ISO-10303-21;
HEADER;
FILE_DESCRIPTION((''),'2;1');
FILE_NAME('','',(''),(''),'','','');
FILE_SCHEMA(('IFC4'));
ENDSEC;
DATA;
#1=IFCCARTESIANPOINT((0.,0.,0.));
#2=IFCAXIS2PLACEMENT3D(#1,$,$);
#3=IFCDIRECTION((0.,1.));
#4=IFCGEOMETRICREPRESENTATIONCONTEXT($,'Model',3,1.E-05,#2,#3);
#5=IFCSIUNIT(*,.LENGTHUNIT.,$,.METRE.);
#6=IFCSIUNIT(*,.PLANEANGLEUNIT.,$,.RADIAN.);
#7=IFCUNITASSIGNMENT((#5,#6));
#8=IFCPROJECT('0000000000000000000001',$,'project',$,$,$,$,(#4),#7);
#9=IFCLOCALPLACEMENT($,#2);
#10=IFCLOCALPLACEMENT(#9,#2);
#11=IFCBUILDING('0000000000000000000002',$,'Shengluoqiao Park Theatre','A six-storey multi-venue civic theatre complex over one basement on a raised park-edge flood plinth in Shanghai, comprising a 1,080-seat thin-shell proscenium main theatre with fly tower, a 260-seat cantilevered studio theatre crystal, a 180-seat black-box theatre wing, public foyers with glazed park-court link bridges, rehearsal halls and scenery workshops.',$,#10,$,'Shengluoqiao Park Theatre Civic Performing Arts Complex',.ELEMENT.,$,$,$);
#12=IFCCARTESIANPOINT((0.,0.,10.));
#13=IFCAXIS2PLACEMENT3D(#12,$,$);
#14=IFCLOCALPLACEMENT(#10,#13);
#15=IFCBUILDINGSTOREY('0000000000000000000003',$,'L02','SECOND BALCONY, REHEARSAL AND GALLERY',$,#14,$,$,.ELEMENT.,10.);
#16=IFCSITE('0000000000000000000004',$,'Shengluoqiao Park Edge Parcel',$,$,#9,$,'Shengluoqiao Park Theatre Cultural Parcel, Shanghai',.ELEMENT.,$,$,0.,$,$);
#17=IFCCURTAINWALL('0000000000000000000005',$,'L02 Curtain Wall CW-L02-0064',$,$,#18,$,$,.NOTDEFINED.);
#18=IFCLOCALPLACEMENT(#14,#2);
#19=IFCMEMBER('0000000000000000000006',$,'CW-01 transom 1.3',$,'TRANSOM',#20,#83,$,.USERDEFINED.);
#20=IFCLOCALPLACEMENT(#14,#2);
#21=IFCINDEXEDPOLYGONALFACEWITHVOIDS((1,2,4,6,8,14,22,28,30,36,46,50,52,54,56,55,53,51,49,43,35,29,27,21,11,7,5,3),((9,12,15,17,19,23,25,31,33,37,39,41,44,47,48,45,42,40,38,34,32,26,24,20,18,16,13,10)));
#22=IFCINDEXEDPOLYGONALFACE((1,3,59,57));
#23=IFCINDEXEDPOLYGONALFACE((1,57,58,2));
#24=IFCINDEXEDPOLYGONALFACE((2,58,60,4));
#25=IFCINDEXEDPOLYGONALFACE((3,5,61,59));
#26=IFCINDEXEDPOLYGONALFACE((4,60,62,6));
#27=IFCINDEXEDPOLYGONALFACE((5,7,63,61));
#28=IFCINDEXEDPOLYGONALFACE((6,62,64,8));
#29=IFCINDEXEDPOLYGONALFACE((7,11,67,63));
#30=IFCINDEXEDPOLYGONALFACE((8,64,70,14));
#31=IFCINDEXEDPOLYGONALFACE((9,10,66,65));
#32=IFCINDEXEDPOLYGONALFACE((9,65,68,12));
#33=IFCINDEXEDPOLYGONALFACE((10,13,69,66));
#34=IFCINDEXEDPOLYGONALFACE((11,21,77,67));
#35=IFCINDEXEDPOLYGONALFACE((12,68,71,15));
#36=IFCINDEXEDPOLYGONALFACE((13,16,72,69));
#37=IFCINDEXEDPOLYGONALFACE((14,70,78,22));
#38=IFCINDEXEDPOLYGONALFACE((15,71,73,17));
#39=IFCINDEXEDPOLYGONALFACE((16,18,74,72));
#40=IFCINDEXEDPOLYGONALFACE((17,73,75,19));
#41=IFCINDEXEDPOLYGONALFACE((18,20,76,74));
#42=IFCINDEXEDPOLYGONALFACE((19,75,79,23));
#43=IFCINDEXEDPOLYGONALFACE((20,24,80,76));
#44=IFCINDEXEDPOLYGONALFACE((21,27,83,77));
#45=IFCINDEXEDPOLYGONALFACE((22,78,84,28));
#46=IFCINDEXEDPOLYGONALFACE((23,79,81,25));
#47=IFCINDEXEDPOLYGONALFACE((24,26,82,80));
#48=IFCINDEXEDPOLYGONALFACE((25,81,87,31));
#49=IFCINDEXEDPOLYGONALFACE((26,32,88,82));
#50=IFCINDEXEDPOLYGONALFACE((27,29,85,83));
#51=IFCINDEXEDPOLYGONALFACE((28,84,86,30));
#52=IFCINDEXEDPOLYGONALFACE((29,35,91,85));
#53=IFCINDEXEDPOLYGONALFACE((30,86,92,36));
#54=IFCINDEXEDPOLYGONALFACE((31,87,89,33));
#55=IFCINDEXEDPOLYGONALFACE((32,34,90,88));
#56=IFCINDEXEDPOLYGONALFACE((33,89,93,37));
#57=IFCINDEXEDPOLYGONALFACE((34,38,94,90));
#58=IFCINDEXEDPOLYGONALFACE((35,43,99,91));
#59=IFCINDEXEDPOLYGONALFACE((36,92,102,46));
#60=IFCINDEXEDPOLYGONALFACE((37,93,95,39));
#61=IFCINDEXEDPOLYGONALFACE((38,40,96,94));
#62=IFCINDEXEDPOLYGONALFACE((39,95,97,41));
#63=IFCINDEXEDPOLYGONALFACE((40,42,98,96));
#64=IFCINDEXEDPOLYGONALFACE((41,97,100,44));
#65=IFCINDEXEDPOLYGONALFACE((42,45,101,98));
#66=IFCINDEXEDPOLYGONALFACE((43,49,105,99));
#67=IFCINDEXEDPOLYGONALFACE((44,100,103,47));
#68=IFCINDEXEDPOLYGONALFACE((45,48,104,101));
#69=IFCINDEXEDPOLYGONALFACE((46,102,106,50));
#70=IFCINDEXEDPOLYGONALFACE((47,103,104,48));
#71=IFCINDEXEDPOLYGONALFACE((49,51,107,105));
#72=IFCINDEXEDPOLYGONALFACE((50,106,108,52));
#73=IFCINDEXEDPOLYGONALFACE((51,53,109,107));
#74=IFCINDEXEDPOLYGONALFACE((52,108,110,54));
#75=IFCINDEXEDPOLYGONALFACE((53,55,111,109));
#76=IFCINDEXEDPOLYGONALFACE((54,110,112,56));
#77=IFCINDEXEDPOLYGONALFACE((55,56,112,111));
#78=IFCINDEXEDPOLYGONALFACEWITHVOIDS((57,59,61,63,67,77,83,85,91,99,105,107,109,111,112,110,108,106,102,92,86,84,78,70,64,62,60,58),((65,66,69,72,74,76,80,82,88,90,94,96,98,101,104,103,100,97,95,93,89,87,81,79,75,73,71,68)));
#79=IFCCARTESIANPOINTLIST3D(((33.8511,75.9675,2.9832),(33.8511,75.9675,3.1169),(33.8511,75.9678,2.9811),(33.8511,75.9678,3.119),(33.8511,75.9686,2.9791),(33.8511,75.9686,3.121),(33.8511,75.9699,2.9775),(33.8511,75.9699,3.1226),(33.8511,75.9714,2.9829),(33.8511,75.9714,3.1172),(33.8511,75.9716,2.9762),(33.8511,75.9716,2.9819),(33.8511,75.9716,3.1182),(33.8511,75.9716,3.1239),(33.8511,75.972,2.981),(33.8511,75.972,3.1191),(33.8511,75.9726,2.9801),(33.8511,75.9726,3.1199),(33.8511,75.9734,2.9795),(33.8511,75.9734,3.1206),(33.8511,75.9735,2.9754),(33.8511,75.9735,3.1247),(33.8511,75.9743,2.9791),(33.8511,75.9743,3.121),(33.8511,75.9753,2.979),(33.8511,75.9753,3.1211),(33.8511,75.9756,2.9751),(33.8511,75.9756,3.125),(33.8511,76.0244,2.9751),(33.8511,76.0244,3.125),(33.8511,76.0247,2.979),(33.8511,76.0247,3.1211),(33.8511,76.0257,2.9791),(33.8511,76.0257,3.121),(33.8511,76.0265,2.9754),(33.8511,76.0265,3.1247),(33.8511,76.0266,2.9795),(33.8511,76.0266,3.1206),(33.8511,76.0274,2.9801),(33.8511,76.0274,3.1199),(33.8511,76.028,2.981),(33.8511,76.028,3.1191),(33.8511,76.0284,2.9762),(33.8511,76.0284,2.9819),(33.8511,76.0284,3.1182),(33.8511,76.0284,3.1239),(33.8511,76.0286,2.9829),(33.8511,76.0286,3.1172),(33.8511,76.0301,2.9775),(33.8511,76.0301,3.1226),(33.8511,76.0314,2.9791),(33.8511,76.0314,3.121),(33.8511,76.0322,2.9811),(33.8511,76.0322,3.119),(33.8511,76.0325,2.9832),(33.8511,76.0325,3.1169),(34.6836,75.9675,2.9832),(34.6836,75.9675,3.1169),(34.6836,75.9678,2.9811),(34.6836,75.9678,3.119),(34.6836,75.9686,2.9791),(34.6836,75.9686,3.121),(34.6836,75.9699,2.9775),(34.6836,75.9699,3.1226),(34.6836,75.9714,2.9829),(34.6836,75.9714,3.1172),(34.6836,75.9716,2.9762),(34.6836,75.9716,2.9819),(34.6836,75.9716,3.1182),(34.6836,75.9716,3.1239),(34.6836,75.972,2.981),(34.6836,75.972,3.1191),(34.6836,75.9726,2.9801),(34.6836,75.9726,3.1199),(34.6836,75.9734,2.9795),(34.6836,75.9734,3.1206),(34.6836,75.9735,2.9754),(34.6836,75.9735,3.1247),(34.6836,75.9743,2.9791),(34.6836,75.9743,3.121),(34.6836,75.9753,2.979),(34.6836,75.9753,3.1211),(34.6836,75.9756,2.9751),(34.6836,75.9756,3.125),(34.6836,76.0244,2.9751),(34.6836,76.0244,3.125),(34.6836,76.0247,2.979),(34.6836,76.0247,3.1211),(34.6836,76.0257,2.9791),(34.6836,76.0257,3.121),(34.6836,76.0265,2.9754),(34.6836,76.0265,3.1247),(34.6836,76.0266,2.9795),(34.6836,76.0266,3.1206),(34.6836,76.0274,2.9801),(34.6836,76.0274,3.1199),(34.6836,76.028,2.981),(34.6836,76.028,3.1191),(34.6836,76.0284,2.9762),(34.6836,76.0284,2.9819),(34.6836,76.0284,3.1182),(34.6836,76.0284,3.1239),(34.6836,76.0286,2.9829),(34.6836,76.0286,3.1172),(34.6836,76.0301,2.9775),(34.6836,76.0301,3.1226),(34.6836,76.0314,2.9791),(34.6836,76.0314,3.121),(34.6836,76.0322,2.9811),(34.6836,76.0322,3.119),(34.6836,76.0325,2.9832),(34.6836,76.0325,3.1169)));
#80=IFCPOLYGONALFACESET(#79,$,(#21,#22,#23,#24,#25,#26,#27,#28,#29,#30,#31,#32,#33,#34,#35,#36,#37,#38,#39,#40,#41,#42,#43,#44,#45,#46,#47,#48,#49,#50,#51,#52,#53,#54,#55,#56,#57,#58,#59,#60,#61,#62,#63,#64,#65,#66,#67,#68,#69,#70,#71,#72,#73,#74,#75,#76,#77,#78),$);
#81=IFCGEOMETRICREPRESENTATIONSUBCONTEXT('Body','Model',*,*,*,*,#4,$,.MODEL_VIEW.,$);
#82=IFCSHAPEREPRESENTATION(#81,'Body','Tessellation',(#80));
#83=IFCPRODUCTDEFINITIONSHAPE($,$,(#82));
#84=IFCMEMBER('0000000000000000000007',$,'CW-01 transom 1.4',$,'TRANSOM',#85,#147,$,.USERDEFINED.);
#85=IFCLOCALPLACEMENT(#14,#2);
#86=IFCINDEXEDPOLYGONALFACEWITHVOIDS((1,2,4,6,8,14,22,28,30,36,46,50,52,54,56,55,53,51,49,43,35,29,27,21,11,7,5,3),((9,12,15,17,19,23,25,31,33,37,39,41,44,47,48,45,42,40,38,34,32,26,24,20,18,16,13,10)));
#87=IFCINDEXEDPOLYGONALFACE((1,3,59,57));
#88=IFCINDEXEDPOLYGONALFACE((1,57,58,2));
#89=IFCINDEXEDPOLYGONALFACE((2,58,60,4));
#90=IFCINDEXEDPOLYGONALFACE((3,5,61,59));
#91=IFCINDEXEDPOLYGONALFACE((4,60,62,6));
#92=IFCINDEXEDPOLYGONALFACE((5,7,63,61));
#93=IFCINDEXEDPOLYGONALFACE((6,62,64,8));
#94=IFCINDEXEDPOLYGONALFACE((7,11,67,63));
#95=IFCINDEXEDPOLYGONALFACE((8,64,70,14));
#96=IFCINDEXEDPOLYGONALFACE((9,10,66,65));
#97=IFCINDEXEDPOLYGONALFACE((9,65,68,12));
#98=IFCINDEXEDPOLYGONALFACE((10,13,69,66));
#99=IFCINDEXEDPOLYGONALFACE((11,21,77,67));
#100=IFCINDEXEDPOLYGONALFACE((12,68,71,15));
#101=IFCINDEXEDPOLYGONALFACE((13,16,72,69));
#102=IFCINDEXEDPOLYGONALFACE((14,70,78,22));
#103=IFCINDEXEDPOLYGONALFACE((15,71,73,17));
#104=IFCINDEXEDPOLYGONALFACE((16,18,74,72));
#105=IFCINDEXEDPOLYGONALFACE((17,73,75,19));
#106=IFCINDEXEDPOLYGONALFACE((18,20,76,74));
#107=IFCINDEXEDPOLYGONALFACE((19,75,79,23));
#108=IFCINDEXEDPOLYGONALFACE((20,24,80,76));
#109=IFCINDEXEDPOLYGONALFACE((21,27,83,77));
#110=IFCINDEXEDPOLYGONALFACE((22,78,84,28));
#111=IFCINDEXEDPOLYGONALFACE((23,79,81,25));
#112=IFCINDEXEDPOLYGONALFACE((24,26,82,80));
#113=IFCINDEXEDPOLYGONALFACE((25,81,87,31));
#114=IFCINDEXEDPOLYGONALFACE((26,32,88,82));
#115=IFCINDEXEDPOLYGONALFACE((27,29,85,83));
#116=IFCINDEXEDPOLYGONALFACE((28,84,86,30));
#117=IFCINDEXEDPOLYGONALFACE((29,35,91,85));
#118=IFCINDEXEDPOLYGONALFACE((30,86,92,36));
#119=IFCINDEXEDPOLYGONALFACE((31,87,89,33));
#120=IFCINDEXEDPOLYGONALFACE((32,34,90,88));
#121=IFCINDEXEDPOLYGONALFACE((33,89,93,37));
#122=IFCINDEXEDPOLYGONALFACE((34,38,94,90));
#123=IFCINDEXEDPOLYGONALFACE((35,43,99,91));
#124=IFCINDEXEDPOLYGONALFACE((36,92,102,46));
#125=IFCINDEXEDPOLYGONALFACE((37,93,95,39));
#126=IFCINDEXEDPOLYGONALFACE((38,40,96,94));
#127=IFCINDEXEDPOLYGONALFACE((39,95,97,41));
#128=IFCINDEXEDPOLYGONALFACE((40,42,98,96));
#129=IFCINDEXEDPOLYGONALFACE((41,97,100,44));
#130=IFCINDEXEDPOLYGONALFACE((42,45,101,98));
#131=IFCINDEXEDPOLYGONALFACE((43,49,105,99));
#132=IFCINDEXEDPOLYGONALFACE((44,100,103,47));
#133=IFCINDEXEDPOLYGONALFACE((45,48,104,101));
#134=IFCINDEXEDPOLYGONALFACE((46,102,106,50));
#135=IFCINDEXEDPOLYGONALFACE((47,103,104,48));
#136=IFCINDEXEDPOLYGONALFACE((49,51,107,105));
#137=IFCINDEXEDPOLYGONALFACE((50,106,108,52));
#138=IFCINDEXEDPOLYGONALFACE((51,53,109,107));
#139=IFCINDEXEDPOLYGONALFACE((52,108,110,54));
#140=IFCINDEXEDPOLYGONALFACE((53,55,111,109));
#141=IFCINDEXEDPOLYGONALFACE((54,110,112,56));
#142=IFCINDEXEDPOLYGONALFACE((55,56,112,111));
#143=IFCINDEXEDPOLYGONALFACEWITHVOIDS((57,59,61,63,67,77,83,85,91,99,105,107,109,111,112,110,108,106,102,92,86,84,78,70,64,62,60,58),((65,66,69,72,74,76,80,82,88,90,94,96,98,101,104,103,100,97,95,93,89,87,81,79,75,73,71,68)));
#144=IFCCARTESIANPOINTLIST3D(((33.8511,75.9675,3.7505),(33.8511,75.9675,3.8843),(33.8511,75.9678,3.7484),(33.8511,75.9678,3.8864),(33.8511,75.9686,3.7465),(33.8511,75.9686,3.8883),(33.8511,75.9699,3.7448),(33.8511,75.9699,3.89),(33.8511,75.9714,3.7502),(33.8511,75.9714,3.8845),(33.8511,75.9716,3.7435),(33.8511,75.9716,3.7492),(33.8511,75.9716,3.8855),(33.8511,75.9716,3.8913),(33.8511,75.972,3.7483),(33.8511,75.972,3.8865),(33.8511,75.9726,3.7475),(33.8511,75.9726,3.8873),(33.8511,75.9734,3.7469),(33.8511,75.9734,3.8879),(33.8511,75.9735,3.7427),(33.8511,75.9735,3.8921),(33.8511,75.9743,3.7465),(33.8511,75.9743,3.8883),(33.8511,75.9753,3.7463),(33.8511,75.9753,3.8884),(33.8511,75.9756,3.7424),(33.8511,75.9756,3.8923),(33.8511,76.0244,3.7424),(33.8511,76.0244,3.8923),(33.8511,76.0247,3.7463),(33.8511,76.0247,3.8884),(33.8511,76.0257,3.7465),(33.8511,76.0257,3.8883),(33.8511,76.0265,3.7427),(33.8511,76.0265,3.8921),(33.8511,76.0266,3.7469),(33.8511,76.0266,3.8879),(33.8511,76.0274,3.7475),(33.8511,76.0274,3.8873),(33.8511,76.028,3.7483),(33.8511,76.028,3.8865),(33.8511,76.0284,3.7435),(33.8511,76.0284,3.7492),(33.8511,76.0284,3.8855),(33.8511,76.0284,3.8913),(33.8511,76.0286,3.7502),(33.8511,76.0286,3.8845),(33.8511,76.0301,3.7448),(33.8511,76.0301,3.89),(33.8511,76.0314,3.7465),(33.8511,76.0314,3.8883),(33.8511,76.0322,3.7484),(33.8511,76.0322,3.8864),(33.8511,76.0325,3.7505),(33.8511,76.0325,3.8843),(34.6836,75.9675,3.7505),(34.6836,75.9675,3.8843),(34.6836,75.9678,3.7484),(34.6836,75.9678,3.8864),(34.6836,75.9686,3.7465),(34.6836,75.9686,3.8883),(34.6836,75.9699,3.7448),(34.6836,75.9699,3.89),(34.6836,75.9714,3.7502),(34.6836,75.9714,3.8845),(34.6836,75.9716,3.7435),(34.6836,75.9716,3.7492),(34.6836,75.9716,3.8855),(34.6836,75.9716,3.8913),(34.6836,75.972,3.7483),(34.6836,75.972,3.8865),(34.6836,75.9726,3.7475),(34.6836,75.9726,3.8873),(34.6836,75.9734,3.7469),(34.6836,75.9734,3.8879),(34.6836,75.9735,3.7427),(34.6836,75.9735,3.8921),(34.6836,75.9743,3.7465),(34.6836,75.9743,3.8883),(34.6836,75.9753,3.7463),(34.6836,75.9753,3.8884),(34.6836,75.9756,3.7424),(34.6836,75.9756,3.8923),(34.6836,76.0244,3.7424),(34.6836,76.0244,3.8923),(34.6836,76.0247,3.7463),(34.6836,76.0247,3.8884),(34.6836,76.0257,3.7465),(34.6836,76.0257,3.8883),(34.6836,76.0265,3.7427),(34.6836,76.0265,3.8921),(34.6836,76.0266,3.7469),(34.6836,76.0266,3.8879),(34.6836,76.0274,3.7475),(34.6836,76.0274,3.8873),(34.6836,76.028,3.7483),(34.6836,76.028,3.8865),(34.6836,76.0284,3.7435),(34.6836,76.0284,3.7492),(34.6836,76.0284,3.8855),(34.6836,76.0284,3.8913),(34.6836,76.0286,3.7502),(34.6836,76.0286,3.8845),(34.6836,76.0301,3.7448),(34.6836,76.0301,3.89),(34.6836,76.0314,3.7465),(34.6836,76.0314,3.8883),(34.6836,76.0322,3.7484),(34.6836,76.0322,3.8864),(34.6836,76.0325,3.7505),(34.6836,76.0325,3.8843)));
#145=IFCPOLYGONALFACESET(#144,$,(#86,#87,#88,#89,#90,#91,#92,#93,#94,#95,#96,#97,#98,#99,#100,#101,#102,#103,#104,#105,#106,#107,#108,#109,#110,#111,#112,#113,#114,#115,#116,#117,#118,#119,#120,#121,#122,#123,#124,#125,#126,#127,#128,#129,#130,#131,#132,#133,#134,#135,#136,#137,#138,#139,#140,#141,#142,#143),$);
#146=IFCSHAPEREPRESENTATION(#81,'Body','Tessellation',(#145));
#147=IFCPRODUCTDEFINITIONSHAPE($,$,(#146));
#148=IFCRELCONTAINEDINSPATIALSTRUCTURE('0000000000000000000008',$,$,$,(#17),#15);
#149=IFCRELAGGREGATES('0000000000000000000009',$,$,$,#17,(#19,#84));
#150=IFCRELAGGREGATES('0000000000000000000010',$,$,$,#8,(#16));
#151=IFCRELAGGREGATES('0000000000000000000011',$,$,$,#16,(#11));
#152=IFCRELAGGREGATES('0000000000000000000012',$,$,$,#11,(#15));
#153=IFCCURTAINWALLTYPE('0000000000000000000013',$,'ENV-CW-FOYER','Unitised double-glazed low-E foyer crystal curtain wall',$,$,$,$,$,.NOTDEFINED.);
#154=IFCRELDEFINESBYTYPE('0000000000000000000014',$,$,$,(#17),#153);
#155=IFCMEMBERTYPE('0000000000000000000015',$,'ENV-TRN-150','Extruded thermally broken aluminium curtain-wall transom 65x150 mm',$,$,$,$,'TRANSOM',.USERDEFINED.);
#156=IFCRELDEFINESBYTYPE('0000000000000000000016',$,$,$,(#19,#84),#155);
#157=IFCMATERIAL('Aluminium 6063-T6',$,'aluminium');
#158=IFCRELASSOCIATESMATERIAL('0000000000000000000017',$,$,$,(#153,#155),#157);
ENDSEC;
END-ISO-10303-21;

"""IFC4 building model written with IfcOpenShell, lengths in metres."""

from ifc_helpers import new_model, si_unit, direction, frame, origin, origin_2d, place, context, subcontext, project, spatial, hollow_rectangle, extrude, material, material_profile, profile_set, type_object, element, aggregate, save


model = new_model("IFC4")

# Units and contexts
model_context = context("Model", 3, precision=1e-05, world=origin(), true_north=direction((0.0, 1.0)))
body_context = subcontext(model_context, "Body", "Model", "MODEL_VIEW")
ifc_project = project(units=[si_unit("LENGTHUNIT", "METRE"), si_unit("PLANEANGLEUNIT", "RADIAN")], contexts=[model_context])

# Site, building, storey
site_placement = place(None, origin())
site = spatial("IfcSite", under=ifc_project, at=site_placement, Name="Shengluoqiao Park Edge Parcel", LongName="Shengluoqiao Park Theatre Cultural Parcel, Shanghai", CompositionType="ELEMENT", RefElevation=0.0)
building_placement = place(site_placement, origin())
building = spatial("IfcBuilding", under=site, at=building_placement, Name="Shengluoqiao Park Theatre", Description="A six-storey multi-venue civic theatre complex over one basement on a raised park-edge flood plinth in Shanghai, comprising a 1,080-seat thin-shell proscenium main theatre with fly tower, a 260-seat cantilevered studio theatre crystal, a 180-seat black-box theatre wing, public foyers with glazed park-court link bridges, rehearsal halls and scenery workshops.", LongName="Shengluoqiao Park Theatre Civic Performing Arts Complex", CompositionType="ELEMENT")
storey_placement = place(building_placement, frame((0.0, 0.0, 10.0)))
storey = spatial("IfcBuildingStorey", under=building, at=storey_placement, Name="L02", Description="SECOND BALCONY, REHEARSAL AND GALLERY", CompositionType="ELEMENT", Elevation=10.0)

# Curtain wall
ifc_material_1 = material(Name="Aluminium 6063-T6", Category="aluminium")
curtain_wall_type = type_object("IfcCurtainWallType", Name="ENV-CW-FOYER", Description="Unitised double-glazed low-E foyer crystal curtain wall", PredefinedType="NOTDEFINED", material=ifc_material_1)
curtain_wall_1_placement = place(storey_placement, origin())
curtain_wall_1 = element("IfcCurtainWall", 1, at=curtain_wall_1_placement, inside=storey, type_object=curtain_wall_type, Name="L02 Curtain Wall CW-L02-0064", PredefinedType="NOTDEFINED")

# Members
ifc_material_profile_1 = material_profile(ifc_material_1, hollow_rectangle(XDim=0.0649, YDim=0.1499, WallThickness=0.0039, InnerFilletRadius=0.0039, OuterFilletRadius=0.0081, at=origin_2d()), Name="ALU TRANSOM 150x65x4")
ifc_profile_set_1 = profile_set([ifc_material_profile_1], Name="Aluminium 6063-T6")
member_type_1 = type_object("IfcMemberType", Name="ENV-TRN-150", Description="Extruded thermally broken aluminium curtain-wall transom 65x150 mm", ElementType="TRANSOM", PredefinedType="USERDEFINED", material=ifc_profile_set_1)
member_1_placement = place(storey_placement, frame((33.8511, 76.0, 3.05), z_axis=(1.0, 0.0, 0.0), x_axis=(0.0, 1.0, 0.0)))
member_1 = element("IfcMember", 2, at=member_1_placement, type_object=member_type_1, Name="CW-01 transom 1.3", ObjectType="TRANSOM", PredefinedType="USERDEFINED", context=body_context, shape_type="SweptSolid", body=[
    extrude(hollow_rectangle(XDim=0.0649, YDim=0.1499, WallThickness=0.0039, InnerFilletRadius=0.0039, OuterFilletRadius=0.0081, at=origin_2d()), origin(), (0.0, 0.0, 1.0), 0.8325),
])
member_2_placement = place(storey_placement, frame((33.8511, 76.0, 3.8174), z_axis=(1.0, 0.0, 0.0), x_axis=(0.0, 1.0, 0.0)))
member_2 = element("IfcMember", 3, at=member_2_placement, type_object=member_type_1, Name="CW-01 transom 1.4", ObjectType="TRANSOM", PredefinedType="USERDEFINED", context=body_context, shape_type="SweptSolid", body=[
    extrude(hollow_rectangle(XDim=0.0649, YDim=0.1499, WallThickness=0.0039, InnerFilletRadius=0.0039, OuterFilletRadius=0.0081, at=origin_2d()), origin(), (0.0, 0.0, 1.0), 0.8325),
])

aggregate(curtain_wall_1, [member_1, member_2])

save(model, "model.ifc")
